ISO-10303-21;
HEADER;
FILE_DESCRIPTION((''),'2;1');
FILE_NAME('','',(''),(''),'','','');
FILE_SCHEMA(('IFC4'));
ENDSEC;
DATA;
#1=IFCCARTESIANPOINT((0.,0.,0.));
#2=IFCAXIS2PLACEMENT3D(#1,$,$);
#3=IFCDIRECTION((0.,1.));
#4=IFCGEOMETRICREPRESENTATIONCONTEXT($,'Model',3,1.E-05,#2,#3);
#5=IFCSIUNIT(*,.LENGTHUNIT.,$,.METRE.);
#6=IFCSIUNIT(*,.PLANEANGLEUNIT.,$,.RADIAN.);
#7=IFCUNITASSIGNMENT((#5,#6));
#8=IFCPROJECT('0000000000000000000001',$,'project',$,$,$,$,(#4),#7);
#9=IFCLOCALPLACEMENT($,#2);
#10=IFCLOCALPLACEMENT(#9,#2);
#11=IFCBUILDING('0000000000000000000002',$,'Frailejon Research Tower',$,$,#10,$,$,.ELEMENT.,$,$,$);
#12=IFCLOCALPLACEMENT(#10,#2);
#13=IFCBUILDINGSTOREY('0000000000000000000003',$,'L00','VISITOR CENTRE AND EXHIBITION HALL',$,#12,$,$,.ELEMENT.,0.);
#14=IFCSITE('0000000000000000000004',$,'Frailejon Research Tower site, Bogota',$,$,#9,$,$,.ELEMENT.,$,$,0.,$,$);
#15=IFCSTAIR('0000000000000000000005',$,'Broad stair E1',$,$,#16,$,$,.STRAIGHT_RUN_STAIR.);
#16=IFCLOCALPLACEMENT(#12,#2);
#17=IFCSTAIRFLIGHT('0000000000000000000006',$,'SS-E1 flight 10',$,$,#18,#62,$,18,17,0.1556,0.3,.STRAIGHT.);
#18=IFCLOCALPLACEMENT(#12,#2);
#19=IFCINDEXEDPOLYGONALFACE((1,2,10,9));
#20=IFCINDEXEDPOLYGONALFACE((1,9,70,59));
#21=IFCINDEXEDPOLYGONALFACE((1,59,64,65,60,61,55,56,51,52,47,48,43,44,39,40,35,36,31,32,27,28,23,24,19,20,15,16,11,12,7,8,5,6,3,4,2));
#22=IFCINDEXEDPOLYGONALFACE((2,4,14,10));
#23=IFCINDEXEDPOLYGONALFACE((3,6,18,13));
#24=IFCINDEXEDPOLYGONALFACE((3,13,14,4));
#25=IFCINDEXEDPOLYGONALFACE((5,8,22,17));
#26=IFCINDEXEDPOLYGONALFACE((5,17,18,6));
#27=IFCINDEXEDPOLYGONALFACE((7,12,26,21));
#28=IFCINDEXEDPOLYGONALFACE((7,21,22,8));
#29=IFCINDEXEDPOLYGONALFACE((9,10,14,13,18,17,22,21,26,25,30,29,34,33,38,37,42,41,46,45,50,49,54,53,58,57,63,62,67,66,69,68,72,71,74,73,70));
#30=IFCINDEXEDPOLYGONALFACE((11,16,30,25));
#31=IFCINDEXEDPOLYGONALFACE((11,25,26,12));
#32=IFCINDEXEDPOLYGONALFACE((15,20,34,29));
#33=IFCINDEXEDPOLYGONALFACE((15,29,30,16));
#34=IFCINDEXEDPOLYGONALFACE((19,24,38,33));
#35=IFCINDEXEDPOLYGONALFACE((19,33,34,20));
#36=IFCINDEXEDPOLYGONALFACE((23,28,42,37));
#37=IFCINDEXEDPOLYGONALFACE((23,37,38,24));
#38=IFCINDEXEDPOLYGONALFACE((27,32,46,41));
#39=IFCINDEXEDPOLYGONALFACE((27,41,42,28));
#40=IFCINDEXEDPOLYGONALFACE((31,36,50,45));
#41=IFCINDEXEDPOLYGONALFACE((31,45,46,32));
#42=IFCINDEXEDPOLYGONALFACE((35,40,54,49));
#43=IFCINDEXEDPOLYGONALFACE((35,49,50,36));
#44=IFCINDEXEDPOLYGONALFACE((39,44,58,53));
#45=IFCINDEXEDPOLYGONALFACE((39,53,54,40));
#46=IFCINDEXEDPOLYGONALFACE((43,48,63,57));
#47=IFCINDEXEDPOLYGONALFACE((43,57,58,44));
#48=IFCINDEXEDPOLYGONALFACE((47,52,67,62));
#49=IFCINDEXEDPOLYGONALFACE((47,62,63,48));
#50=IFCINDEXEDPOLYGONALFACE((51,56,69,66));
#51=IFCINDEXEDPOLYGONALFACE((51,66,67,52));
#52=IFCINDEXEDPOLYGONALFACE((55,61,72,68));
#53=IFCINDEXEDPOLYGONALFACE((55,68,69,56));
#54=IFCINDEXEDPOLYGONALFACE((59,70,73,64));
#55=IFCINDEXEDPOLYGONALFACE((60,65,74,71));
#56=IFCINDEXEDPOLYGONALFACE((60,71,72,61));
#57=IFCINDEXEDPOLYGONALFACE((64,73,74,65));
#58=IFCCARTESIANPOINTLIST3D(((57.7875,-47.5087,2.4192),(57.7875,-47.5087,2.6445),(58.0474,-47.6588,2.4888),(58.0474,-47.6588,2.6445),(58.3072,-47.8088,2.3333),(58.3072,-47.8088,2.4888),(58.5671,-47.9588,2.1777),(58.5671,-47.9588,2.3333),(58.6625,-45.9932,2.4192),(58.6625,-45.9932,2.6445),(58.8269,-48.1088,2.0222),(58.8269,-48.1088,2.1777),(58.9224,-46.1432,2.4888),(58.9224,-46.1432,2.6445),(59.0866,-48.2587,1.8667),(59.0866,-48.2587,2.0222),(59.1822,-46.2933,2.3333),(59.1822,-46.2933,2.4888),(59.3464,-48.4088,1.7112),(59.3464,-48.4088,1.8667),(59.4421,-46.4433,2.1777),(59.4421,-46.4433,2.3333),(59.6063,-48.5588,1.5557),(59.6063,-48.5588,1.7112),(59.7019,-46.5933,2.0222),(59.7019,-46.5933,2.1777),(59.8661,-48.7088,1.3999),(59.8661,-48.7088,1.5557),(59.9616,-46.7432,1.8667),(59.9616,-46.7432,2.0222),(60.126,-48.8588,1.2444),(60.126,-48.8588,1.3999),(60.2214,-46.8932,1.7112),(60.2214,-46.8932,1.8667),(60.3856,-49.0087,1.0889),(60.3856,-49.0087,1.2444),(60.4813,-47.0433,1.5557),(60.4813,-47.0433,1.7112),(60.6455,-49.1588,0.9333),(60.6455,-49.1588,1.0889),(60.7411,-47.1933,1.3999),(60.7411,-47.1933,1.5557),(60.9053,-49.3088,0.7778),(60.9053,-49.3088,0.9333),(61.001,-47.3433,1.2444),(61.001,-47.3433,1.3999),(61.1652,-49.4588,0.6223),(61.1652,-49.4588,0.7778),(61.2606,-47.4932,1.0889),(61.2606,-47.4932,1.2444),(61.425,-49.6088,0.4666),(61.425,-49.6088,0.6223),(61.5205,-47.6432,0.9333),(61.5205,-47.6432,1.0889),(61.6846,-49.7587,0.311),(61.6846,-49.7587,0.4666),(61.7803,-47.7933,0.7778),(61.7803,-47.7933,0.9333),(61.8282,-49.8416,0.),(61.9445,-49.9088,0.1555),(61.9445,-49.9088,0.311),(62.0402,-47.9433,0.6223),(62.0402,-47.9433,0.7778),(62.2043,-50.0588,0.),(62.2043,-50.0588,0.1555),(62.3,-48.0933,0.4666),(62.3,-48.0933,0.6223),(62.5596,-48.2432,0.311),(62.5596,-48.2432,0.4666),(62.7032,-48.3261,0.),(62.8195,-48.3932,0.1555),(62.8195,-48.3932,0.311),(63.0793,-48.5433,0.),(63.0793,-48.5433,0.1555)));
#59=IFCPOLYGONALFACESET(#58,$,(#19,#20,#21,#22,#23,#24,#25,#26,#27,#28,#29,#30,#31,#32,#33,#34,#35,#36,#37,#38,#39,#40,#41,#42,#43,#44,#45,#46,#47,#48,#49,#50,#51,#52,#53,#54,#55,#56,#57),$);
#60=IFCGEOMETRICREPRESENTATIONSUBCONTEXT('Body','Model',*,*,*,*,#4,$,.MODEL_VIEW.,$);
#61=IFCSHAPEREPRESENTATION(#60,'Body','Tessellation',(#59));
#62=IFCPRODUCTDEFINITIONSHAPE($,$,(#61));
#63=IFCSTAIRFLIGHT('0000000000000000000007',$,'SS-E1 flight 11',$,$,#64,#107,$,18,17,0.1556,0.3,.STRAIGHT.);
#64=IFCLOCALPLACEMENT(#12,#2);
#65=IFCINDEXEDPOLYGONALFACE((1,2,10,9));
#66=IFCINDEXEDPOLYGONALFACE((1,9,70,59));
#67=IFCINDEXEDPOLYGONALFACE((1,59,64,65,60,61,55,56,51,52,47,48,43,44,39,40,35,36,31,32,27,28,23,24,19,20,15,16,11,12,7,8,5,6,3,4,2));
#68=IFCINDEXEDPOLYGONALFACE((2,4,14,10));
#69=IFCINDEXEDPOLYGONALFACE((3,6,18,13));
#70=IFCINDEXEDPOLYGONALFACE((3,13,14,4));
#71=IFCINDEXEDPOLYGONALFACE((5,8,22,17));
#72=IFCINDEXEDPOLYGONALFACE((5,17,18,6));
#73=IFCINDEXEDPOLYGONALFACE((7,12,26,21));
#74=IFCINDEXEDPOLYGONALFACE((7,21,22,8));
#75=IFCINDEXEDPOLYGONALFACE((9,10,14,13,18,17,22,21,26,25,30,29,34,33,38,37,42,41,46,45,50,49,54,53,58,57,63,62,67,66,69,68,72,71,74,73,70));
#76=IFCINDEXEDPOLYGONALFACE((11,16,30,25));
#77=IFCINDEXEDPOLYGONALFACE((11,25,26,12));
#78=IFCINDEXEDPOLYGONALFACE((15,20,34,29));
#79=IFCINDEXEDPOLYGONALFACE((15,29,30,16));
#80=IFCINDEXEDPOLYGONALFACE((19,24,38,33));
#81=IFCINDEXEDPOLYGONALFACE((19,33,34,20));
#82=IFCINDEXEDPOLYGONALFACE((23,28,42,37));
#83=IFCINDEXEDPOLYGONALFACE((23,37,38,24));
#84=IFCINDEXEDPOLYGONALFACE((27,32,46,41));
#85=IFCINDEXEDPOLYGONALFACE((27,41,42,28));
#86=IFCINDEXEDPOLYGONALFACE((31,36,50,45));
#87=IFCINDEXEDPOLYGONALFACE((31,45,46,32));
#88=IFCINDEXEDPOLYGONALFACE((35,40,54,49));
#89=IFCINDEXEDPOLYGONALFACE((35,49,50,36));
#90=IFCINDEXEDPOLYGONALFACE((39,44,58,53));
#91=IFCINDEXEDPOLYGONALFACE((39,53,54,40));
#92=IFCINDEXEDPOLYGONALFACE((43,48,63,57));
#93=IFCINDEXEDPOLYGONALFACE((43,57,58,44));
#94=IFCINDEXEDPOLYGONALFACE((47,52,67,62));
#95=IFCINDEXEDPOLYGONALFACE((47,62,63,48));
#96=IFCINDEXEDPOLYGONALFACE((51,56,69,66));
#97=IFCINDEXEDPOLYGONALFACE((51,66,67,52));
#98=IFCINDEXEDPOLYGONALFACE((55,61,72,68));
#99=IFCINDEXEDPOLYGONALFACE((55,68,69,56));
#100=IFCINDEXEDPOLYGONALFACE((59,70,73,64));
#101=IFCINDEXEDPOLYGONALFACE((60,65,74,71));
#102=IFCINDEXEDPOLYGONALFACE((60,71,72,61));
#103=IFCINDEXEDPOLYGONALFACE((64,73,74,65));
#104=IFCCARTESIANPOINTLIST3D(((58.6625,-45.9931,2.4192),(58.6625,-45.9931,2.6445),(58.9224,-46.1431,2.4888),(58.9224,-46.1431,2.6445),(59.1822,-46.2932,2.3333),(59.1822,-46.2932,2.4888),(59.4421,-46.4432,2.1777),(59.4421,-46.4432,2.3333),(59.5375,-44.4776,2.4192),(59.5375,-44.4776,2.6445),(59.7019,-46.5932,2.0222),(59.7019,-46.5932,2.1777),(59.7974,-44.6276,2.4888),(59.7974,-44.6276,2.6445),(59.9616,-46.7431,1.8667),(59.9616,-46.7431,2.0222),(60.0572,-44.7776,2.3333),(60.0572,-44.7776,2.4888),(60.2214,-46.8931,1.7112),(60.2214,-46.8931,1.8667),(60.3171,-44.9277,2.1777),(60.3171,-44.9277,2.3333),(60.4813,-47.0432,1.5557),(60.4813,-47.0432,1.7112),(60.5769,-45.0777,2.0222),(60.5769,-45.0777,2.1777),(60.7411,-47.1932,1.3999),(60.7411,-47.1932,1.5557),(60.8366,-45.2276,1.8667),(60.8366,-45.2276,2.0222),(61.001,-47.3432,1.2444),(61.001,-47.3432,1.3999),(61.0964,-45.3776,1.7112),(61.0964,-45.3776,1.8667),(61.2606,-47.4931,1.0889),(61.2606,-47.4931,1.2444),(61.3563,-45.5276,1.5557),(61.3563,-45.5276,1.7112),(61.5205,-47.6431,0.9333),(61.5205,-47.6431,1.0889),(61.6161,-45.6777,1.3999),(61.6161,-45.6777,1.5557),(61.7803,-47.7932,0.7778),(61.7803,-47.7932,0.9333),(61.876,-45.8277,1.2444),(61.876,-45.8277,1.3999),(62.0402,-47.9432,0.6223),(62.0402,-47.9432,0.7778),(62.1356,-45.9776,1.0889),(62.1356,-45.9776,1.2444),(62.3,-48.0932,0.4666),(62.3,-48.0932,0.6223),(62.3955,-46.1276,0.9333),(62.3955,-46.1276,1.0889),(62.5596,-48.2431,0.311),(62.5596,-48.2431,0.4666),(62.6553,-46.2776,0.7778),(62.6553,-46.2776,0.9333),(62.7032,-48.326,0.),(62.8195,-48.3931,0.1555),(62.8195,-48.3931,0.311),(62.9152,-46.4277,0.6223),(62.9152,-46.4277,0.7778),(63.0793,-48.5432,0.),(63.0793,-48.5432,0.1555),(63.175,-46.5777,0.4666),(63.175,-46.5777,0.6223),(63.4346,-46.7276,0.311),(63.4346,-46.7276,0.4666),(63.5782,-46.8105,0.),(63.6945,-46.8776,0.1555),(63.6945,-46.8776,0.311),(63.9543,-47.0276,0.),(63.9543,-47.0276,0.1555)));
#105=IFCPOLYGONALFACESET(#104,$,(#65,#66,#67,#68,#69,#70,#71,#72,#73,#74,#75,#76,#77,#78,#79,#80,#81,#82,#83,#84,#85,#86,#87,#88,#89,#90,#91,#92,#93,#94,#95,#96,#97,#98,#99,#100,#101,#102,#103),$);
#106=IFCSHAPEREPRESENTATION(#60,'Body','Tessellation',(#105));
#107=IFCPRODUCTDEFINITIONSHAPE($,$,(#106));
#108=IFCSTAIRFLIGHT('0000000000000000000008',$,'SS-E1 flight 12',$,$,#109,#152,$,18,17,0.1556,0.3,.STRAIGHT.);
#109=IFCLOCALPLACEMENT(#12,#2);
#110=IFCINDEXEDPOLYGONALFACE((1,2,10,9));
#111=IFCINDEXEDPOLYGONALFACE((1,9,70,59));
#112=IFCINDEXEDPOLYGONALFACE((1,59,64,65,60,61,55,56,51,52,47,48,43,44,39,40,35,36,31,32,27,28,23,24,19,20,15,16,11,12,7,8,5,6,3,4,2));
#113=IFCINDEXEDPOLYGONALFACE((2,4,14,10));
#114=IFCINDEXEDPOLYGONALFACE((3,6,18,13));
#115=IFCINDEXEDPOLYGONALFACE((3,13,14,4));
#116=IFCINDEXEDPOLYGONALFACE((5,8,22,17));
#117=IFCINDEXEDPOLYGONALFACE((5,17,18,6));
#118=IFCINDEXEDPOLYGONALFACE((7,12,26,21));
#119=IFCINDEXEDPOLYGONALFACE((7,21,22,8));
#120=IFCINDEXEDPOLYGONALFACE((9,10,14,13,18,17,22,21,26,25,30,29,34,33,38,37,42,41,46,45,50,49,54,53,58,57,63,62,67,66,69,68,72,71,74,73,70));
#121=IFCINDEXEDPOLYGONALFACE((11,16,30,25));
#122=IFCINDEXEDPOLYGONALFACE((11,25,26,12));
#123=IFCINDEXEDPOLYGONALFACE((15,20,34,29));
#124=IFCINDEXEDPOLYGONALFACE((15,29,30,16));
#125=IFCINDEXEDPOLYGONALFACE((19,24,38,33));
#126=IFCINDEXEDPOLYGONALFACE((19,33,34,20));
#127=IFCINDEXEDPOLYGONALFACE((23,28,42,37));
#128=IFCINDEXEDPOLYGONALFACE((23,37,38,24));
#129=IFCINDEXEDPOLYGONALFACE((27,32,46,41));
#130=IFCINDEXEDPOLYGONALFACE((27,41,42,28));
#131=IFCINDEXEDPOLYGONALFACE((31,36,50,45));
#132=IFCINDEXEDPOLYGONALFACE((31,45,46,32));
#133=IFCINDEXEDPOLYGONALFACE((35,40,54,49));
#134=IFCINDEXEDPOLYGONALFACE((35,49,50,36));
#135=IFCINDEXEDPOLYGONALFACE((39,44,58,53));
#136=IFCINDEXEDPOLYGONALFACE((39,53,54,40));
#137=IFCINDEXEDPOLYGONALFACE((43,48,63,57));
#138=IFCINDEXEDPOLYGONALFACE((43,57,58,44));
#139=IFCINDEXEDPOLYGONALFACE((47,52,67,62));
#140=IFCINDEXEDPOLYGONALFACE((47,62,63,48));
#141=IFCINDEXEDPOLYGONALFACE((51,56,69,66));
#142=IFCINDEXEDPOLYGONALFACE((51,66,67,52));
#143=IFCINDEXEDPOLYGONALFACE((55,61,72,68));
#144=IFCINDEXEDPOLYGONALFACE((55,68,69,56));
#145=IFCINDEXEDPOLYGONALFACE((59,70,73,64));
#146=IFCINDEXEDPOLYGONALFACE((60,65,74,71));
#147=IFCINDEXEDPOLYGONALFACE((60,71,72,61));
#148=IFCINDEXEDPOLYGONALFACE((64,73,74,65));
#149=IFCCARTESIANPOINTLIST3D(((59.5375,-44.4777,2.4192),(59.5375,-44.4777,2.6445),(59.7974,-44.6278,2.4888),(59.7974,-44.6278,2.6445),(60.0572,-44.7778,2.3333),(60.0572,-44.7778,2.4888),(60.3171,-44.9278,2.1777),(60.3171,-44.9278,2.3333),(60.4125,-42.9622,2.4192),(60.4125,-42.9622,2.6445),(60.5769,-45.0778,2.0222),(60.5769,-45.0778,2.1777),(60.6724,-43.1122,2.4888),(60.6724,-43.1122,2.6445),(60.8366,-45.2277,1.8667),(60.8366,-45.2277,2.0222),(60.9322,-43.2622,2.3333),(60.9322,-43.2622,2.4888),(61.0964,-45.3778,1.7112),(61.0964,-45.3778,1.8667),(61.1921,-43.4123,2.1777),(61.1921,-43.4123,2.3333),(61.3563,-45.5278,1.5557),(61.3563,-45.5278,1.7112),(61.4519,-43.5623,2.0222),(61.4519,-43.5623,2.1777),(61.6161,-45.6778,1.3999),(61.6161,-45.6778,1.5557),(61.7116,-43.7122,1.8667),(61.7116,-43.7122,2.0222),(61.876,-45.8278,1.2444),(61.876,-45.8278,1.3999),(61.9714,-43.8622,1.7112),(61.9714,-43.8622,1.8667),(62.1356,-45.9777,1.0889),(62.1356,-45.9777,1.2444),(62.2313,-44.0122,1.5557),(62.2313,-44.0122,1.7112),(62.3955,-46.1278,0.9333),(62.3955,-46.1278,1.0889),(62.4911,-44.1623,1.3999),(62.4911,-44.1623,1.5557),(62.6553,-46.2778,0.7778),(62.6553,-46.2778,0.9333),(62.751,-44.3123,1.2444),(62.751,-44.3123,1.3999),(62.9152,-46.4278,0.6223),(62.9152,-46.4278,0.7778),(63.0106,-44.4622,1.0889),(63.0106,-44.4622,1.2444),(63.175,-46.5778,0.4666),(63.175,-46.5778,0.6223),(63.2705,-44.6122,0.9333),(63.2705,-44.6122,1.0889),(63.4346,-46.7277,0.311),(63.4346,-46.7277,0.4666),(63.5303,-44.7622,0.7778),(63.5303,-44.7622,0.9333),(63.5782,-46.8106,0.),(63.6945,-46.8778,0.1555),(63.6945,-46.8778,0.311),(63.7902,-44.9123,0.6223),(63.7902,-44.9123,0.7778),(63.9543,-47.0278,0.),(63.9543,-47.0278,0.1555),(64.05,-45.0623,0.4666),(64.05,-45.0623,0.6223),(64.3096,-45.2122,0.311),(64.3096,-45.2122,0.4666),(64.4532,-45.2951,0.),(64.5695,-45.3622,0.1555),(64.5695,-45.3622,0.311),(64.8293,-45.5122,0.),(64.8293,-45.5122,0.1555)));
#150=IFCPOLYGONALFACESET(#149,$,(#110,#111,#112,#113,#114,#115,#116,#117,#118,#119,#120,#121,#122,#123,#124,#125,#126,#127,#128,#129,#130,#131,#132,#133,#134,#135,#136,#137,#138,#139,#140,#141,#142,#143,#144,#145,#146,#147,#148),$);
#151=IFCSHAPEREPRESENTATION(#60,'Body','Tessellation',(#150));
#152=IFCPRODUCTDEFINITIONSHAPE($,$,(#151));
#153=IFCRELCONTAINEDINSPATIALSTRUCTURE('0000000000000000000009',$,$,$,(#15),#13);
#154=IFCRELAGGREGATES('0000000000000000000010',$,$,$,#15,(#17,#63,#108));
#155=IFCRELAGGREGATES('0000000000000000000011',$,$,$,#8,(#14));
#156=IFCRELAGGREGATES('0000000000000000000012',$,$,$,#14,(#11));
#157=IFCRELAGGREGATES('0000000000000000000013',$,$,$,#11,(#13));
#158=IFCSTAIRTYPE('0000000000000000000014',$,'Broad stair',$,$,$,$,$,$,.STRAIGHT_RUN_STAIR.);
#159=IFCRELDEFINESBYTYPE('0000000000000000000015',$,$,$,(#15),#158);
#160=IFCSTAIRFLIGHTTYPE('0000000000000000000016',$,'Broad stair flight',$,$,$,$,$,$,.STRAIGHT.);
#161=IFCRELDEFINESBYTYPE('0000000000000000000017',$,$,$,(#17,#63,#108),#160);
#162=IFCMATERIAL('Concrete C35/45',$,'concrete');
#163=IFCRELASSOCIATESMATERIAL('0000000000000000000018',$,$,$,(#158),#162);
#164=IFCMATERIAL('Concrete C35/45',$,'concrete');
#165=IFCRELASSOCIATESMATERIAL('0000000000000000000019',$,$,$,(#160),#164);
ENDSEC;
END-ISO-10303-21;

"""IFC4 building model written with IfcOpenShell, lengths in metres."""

from ifc_helpers import new_model, si_unit, direction, frame, origin, place, context, subcontext, project, spatial, polyline, outline, extrude, material, type_object, element, aggregate, save


model = new_model("IFC4")

# Units and contexts
model_context = context("Model", 3, precision=1e-05, world=origin(), true_north=direction((0.0, 1.0)))
body_context = subcontext(model_context, "Body", "Model", "MODEL_VIEW")
ifc_project = project(units=[si_unit("LENGTHUNIT", "METRE"), si_unit("PLANEANGLEUNIT", "RADIAN")], contexts=[model_context])

# Site, building, storey
site_placement = place(None, origin())
site = spatial("IfcSite", under=ifc_project, at=site_placement, Name="Frailejon Research Tower site, Bogota", CompositionType="ELEMENT", RefElevation=0.0)
building_placement = place(site_placement, origin())
building = spatial("IfcBuilding", under=site, at=building_placement, Name="Frailejon Research Tower", CompositionType="ELEMENT")
storey_placement = place(building_placement, origin())
storey = spatial("IfcBuildingStorey", under=building, at=storey_placement, Name="L00", Description="VISITOR CENTRE AND EXHIBITION HALL", CompositionType="ELEMENT", Elevation=0.0)

# Stair, stair flights
ifc_material_1 = material(Name="Concrete C35/45", Category="concrete")
stair_type = type_object("IfcStairType", Name="Broad stair", PredefinedType="STRAIGHT_RUN_STAIR", material=ifc_material_1)
stair_placement = place(storey_placement, origin())
stair = element("IfcStair", 1, at=stair_placement, inside=storey, type_object=stair_type, Name="Broad stair E1", PredefinedType="STRAIGHT_RUN_STAIR")
ifc_material_2 = material(Name="Concrete C35/45", Category="concrete")
stair_flight_type = type_object("IfcStairFlightType", Name="Broad stair flight", PredefinedType="STRAIGHT", material=ifc_material_2)
stair_flight_1_placement = place(storey_placement, frame((62.6418, -49.301, 0.0), z_axis=(0.0, 0.0, 1.0), x_axis=(-0.866025, 0.5, 0.0)))
stair_flight_1 = element("IfcStairFlight", 2, at=stair_flight_1_placement, type_object=stair_flight_type, Name="SS-E1 flight 10", NumberOfRisers=18, NumberOfTreads=17, PredefinedType="STRAIGHT", RiserHeight=0.1556, TreadLength=0.3, context=body_context, shape_type="SweptSolid", body=[
    extrude(outline(polyline([(0.0, 0.0), (0.0, 0.1555), (0.3, 0.1555), (0.3, 0.311), (0.6001, 0.311), (0.6001, 0.4666), (0.8999, 0.4666), (0.8999, 0.6223), (1.2, 0.6223), (1.2, 0.7778), (1.5, 0.7778), (1.5, 0.9333), (1.8, 0.9333), (1.8, 1.0889), (2.1001, 1.0889), (2.1001, 1.2444), (2.3999, 1.2444), (2.3999, 1.3999), (2.7, 1.3999), (2.7, 1.5557), (3.0, 1.5557), (3.0, 1.7112), (3.3, 1.7112), (3.3, 1.8667), (3.6001, 1.8667), (3.6001, 2.0222), (3.8999, 2.0222), (3.8999, 2.1777), (4.2, 2.1777), (4.2, 2.3333), (4.5, 2.3333), (4.5, 2.4888), (4.8, 2.4888), (4.8, 2.6445), (5.1001, 2.6445), (5.1001, 2.8), (5.1001, 2.4192), (0.4343, 0.0), (0.0, 0.0)])), frame((0.0, 0.875, 0.0), z_axis=(0.0, -1.0, 0.0), x_axis=(1.0, 0.0, 0.0)), (0.0, 0.0, 1.0), 1.75),
])
stair_flight_2_placement = place(storey_placement, frame((63.5168, -47.7854, 0.0), z_axis=(0.0, 0.0, 1.0), x_axis=(-0.866025, 0.5, 0.0)))
stair_flight_2 = element("IfcStairFlight", 3, at=stair_flight_2_placement, type_object=stair_flight_type, Name="SS-E1 flight 11", NumberOfRisers=18, NumberOfTreads=17, PredefinedType="STRAIGHT", RiserHeight=0.1556, TreadLength=0.3, context=body_context, shape_type="SweptSolid", body=[
    extrude(outline(polyline([(0.0, 0.0), (0.0, 0.1555), (0.3, 0.1555), (0.3, 0.311), (0.6001, 0.311), (0.6001, 0.4666), (0.8999, 0.4666), (0.8999, 0.6223), (1.2, 0.6223), (1.2, 0.7778), (1.5, 0.7778), (1.5, 0.9333), (1.8, 0.9333), (1.8, 1.0889), (2.1001, 1.0889), (2.1001, 1.2444), (2.3999, 1.2444), (2.3999, 1.3999), (2.7, 1.3999), (2.7, 1.5557), (3.0, 1.5557), (3.0, 1.7112), (3.3, 1.7112), (3.3, 1.8667), (3.6001, 1.8667), (3.6001, 2.0222), (3.8999, 2.0222), (3.8999, 2.1777), (4.2, 2.1777), (4.2, 2.3333), (4.5, 2.3333), (4.5, 2.4888), (4.8, 2.4888), (4.8, 2.6445), (5.1001, 2.6445), (5.1001, 2.8), (5.1001, 2.4192), (0.4343, 0.0), (0.0, 0.0)])), frame((0.0, 0.875, 0.0), z_axis=(0.0, -1.0, 0.0), x_axis=(1.0, 0.0, 0.0)), (0.0, 0.0, 1.0), 1.75),
])
stair_flight_3_placement = place(storey_placement, frame((64.3918, -46.27, 0.0), z_axis=(0.0, 0.0, 1.0), x_axis=(-0.866025, 0.5, 0.0)))
stair_flight_3 = element("IfcStairFlight", 4, at=stair_flight_3_placement, type_object=stair_flight_type, Name="SS-E1 flight 12", NumberOfRisers=18, NumberOfTreads=17, PredefinedType="STRAIGHT", RiserHeight=0.1556, TreadLength=0.3, context=body_context, shape_type="SweptSolid", body=[
    extrude(outline(polyline([(0.0, 0.0), (0.0, 0.1555), (0.3, 0.1555), (0.3, 0.311), (0.6001, 0.311), (0.6001, 0.4666), (0.8999, 0.4666), (0.8999, 0.6223), (1.2, 0.6223), (1.2, 0.7778), (1.5, 0.7778), (1.5, 0.9333), (1.8, 0.9333), (1.8, 1.0889), (2.1001, 1.0889), (2.1001, 1.2444), (2.3999, 1.2444), (2.3999, 1.3999), (2.7, 1.3999), (2.7, 1.5557), (3.0, 1.5557), (3.0, 1.7112), (3.3, 1.7112), (3.3, 1.8667), (3.6001, 1.8667), (3.6001, 2.0222), (3.8999, 2.0222), (3.8999, 2.1777), (4.2, 2.1777), (4.2, 2.3333), (4.5, 2.3333), (4.5, 2.4888), (4.8, 2.4888), (4.8, 2.6445), (5.1001, 2.6445), (5.1001, 2.8), (5.1001, 2.4192), (0.4343, 0.0), (0.0, 0.0)])), frame((0.0, 0.875, 0.0), z_axis=(0.0, -1.0, 0.0), x_axis=(1.0, 0.0, 0.0)), (0.0, 0.0, 1.0), 1.75),
])
aggregate(stair, [stair_flight_1, stair_flight_2, stair_flight_3])

save(model, "model.ifc")
